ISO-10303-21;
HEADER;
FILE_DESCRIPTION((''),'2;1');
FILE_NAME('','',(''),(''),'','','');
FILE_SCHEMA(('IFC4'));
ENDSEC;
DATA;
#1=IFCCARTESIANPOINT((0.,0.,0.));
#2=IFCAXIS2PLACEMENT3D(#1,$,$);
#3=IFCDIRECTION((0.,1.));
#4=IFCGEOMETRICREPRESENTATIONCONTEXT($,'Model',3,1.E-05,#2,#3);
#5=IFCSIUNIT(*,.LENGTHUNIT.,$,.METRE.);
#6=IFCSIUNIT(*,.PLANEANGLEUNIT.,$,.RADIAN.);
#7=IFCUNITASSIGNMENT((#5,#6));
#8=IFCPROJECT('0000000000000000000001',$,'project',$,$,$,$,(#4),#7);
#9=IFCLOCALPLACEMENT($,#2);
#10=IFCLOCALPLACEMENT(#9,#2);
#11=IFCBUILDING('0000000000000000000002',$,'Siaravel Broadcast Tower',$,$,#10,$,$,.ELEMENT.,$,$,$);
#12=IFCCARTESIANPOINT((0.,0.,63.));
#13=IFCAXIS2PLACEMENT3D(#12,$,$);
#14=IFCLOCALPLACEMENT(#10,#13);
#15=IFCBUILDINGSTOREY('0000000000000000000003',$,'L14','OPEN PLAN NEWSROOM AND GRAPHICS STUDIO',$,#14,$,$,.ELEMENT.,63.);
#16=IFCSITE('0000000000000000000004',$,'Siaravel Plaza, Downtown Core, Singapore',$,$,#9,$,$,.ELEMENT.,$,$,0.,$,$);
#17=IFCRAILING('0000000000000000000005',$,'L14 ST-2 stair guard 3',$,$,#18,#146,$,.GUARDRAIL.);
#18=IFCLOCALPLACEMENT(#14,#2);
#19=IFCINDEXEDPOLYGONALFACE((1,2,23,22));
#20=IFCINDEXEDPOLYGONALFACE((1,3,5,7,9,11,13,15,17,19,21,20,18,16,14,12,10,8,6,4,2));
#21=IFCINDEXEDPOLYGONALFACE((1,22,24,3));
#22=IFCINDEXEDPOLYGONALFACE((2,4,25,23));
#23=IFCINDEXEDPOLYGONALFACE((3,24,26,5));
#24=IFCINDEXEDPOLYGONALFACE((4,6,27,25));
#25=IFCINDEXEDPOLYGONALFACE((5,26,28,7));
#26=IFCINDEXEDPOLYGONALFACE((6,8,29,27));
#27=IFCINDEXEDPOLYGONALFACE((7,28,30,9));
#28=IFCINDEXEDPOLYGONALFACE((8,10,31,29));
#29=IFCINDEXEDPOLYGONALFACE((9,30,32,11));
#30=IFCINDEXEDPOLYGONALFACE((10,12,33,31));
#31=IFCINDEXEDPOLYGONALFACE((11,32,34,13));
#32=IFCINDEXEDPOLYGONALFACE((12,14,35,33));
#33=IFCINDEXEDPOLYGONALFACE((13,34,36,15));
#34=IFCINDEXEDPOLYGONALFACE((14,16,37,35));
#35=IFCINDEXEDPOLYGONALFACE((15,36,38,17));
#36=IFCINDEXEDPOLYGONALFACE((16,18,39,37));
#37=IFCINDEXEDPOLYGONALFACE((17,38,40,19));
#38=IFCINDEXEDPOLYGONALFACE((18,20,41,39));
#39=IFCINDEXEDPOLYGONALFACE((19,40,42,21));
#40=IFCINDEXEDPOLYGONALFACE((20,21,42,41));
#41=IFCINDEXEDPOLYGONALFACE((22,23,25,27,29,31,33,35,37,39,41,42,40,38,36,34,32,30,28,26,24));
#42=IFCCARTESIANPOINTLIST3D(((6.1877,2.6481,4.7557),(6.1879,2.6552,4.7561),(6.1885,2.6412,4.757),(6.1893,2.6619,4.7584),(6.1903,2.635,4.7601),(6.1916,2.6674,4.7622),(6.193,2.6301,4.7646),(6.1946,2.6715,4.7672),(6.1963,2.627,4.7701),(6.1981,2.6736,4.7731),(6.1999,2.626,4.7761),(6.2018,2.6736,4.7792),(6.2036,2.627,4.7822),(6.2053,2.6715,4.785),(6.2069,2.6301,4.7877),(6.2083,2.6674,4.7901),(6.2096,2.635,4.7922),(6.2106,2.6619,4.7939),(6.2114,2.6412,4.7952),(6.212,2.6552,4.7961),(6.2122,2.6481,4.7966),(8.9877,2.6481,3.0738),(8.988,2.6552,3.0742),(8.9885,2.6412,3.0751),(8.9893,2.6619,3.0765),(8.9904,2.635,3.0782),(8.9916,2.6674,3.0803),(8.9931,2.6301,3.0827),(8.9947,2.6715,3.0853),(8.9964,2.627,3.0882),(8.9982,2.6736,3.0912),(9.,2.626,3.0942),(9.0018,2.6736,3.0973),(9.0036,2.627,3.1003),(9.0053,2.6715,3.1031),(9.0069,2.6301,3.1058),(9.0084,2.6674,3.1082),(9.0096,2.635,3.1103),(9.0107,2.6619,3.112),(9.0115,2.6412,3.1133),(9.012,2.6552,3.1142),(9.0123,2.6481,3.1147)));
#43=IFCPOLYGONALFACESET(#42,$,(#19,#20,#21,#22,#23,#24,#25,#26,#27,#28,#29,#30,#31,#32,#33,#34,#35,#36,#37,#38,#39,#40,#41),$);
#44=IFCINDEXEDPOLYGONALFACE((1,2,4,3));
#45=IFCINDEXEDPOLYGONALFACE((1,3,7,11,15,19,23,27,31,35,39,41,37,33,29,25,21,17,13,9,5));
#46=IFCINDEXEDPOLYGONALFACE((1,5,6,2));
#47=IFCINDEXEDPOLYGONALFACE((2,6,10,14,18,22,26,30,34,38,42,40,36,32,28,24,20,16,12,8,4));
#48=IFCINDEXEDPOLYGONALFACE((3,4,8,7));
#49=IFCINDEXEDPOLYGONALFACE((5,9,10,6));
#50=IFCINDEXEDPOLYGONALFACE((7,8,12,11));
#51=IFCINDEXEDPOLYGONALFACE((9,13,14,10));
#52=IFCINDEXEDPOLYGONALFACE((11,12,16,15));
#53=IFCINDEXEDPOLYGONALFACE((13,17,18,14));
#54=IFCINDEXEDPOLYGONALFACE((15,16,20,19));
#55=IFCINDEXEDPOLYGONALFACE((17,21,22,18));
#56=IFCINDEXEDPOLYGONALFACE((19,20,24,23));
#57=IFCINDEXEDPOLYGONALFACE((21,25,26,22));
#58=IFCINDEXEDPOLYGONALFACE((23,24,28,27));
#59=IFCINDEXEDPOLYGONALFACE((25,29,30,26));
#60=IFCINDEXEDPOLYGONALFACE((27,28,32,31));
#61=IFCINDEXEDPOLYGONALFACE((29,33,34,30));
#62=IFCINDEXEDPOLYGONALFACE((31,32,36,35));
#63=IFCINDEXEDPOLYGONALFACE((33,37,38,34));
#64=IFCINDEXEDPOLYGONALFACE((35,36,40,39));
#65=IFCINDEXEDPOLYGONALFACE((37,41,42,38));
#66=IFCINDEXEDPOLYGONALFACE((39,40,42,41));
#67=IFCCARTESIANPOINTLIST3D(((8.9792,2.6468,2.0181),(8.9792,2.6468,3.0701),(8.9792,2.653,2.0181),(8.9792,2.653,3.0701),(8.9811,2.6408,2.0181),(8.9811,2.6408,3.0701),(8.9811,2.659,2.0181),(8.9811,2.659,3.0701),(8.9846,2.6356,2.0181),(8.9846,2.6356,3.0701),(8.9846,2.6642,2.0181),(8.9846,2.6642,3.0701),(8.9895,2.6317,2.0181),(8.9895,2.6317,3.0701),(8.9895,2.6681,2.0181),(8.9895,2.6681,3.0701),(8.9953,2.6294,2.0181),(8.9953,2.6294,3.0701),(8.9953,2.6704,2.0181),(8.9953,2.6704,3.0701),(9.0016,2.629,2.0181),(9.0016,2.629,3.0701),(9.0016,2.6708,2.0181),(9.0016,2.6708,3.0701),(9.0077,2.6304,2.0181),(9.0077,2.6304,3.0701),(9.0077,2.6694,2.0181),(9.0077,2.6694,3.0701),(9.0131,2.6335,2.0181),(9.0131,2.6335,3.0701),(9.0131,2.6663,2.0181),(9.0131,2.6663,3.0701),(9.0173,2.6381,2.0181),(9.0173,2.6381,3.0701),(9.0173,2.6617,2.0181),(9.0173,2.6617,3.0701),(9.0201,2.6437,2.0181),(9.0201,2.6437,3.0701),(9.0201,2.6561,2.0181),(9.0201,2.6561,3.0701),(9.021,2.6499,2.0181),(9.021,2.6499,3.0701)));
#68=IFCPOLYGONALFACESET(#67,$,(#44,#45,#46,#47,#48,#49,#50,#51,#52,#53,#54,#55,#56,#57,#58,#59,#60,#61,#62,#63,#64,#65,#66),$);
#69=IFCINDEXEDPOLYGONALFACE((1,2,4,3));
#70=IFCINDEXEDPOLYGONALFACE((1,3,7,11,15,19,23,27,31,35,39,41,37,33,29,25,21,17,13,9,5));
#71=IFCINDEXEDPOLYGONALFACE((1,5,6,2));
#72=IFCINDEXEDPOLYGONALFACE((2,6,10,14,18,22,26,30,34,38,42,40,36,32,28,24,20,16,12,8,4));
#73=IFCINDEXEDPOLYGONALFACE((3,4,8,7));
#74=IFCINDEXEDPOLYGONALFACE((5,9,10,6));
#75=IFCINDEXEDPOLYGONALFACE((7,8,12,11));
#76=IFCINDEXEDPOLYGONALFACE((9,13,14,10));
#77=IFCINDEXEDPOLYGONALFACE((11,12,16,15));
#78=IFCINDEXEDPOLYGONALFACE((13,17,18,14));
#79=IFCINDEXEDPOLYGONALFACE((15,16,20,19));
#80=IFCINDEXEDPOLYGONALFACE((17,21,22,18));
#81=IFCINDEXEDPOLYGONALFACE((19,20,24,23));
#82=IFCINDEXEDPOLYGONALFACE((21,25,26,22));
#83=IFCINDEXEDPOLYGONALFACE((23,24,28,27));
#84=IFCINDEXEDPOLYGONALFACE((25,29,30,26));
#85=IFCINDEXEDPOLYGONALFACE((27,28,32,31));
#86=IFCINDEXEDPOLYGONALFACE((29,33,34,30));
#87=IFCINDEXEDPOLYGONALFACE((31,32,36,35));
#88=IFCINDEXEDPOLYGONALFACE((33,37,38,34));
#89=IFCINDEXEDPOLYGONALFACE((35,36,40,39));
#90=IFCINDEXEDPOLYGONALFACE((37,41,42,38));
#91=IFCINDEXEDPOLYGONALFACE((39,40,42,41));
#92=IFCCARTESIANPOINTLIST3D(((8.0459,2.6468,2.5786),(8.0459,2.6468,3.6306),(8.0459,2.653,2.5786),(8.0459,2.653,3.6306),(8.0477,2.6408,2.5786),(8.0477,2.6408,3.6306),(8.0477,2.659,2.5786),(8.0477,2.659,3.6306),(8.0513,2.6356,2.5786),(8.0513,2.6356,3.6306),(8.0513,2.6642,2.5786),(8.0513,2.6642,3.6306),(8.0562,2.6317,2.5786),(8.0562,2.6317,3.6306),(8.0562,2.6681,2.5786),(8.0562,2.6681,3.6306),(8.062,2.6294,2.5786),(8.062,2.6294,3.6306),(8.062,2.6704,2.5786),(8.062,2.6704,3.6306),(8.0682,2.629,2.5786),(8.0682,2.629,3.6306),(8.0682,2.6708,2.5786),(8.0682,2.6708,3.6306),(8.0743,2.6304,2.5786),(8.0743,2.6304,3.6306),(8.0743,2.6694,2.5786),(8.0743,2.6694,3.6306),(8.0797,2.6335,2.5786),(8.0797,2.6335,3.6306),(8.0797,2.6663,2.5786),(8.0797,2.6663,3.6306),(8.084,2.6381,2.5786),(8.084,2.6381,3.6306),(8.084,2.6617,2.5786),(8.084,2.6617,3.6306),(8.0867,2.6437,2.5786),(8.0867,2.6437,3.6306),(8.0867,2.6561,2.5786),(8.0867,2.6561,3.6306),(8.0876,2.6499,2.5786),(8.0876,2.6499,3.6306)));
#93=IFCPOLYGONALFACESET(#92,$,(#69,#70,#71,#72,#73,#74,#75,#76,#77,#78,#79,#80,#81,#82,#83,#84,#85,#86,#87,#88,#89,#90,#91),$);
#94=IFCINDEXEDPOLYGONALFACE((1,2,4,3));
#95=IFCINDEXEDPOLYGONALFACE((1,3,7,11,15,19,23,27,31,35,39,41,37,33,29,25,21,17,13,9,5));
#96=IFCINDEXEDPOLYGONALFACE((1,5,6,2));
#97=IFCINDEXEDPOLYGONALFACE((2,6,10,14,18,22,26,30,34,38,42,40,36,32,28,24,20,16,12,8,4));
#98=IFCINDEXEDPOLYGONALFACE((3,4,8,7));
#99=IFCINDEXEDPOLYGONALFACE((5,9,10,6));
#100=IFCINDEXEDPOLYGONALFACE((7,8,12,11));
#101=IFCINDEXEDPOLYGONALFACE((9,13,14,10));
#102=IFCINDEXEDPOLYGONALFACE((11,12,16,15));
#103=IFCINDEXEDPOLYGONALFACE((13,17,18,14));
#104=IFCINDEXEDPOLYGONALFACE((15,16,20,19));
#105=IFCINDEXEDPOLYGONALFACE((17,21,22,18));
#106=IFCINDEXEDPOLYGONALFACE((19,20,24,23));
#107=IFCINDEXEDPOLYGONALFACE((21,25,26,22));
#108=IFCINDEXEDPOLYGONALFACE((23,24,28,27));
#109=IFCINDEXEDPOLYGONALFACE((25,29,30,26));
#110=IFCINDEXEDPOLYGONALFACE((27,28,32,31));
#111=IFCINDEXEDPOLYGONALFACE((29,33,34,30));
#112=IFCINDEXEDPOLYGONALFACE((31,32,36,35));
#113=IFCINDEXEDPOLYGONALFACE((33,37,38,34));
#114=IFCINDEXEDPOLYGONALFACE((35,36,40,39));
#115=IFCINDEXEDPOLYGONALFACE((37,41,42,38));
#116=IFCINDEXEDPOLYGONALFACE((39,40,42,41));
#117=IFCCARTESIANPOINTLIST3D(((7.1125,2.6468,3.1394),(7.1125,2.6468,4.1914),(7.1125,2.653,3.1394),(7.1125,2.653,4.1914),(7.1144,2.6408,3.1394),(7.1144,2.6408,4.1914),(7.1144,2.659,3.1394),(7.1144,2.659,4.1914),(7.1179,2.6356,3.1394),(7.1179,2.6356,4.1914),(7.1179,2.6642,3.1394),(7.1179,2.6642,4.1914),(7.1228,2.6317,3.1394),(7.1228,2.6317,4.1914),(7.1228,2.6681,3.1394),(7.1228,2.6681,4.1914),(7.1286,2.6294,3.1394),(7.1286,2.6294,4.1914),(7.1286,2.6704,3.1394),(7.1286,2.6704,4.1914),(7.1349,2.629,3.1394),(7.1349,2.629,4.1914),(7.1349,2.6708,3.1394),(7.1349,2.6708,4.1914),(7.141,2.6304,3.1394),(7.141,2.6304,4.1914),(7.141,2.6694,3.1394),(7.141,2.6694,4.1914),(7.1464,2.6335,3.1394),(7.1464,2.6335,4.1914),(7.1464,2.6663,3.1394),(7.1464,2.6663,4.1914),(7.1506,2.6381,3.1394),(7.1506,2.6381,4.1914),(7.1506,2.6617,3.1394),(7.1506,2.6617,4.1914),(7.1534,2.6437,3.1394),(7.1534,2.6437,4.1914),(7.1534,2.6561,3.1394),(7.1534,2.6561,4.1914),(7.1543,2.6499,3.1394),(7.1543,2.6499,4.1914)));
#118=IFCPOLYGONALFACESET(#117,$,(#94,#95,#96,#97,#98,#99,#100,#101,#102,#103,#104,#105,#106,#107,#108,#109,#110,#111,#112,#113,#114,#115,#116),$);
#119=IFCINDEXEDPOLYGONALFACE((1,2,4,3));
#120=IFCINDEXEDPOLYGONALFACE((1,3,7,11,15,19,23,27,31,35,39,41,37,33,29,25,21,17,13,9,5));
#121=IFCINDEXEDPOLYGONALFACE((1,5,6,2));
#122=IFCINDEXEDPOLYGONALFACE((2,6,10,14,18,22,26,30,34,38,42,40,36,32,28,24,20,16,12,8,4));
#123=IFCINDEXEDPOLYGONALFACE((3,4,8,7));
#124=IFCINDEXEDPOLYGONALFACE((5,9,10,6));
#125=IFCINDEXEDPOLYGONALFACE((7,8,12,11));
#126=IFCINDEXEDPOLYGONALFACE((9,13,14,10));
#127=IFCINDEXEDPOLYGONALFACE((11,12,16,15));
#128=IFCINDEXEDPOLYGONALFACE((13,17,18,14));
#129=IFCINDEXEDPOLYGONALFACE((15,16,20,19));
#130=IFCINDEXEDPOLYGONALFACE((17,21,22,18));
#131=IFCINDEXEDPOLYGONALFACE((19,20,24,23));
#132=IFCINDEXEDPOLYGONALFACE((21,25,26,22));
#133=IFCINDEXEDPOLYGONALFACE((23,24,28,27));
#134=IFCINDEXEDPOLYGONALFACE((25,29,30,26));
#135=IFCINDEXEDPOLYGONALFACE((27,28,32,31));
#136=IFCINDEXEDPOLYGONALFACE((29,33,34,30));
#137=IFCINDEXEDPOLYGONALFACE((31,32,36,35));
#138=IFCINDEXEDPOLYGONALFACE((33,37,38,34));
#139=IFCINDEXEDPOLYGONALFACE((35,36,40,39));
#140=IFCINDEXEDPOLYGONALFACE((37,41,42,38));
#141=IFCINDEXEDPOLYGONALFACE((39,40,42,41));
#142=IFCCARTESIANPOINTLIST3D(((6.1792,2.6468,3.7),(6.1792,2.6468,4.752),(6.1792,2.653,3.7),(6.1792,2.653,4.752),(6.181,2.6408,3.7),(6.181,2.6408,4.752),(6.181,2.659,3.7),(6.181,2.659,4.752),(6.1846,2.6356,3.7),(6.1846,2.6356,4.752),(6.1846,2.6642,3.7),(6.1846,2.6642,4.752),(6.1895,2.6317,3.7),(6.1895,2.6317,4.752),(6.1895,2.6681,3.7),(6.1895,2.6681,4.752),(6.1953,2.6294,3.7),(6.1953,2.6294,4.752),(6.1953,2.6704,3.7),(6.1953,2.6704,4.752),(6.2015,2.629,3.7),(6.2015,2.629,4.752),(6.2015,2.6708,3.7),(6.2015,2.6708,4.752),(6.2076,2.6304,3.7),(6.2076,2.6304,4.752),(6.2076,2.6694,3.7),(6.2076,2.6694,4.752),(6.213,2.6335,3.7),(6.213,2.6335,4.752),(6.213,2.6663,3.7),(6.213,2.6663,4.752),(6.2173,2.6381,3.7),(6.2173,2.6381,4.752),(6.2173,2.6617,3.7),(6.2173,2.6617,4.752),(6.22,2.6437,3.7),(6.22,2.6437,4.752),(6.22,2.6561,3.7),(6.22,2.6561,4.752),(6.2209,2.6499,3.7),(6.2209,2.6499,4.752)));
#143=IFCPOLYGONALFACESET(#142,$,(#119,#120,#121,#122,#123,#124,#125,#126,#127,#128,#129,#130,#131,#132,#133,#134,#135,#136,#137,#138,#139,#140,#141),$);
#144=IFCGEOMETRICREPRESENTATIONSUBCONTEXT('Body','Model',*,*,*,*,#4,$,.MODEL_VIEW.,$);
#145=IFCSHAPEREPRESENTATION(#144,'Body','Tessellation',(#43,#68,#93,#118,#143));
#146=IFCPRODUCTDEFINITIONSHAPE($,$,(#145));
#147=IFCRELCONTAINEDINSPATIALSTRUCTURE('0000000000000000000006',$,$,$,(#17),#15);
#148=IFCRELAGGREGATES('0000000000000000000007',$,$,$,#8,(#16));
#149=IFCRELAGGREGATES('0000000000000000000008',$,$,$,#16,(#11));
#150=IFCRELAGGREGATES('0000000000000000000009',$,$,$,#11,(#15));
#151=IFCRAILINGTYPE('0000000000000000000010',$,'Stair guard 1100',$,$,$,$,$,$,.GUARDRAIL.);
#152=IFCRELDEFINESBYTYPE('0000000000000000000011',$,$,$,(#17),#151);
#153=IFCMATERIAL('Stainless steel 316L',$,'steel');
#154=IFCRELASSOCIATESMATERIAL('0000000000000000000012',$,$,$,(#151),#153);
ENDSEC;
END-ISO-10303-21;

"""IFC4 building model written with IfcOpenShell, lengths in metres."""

from ifc_helpers import new_model, si_unit, direction, frame, origin, origin_2d, place, context, subcontext, project, spatial, circle, extrude, material, type_object, element, save


model = new_model("IFC4")

# Units and contexts
model_context = context("Model", 3, precision=1e-05, world=origin(), true_north=direction((0.0, 1.0)))
body_context = subcontext(model_context, "Body", "Model", "MODEL_VIEW")
ifc_project = project(units=[si_unit("LENGTHUNIT", "METRE"), si_unit("PLANEANGLEUNIT", "RADIAN")], contexts=[model_context])

# Site, building, storey
site_placement = place(None, origin())
site = spatial("IfcSite", under=ifc_project, at=site_placement, Name="Siaravel Plaza, Downtown Core, Singapore", CompositionType="ELEMENT", RefElevation=0.0)
building_placement = place(site_placement, origin())
building = spatial("IfcBuilding", under=site, at=building_placement, Name="Siaravel Broadcast Tower", CompositionType="ELEMENT")
storey_placement = place(building_placement, frame((0.0, 0.0, 63.0)))
storey = spatial("IfcBuildingStorey", under=building, at=storey_placement, Name="L14", Description="OPEN PLAN NEWSROOM AND GRAPHICS STUDIO", CompositionType="ELEMENT", Elevation=63.0)

# Railing
ifc_material_1 = material(Name="Stainless steel 316L", Category="steel")
railing_type_1 = type_object("IfcRailingType", Name="Stair guard 1100", PredefinedType="GUARDRAIL", material=ifc_material_1)
railing_1_placement = place(storey_placement, frame((9.0, 2.6499, 2.0181)))
element("IfcRailing", 1, at=railing_1_placement, inside=storey, type_object=railing_type_1, Name="L14 ST-2 stair guard 3", PredefinedType="GUARDRAIL", context=body_context, shape_type="SweptSolid", body=[
    extrude(circle(Radius=0.0239, at=origin_2d()), frame((0.0, 0.0, 1.0762), z_axis=(-0.857242, 0.0, 0.514913), x_axis=(0.0, -1.0, 0.0)), (0.0, 0.0, 1.0), 3.2664),
    extrude(circle(Radius=0.021, at=origin_2d()), origin(), (0.0, 0.0, 1.0), 1.052),
    extrude(circle(Radius=0.021, at=origin_2d()), frame((-0.9333, 0.0, 0.5605)), (0.0, 0.0, 1.0), 1.052),
    extrude(circle(Radius=0.021, at=origin_2d()), frame((-1.8667, 0.0, 1.1213)), (0.0, 0.0, 1.0), 1.052),
    extrude(circle(Radius=0.021, at=origin_2d()), frame((-2.8, 0.0, 1.6819)), (0.0, 0.0, 1.0), 1.052),
])

save(model, "model.ifc")
